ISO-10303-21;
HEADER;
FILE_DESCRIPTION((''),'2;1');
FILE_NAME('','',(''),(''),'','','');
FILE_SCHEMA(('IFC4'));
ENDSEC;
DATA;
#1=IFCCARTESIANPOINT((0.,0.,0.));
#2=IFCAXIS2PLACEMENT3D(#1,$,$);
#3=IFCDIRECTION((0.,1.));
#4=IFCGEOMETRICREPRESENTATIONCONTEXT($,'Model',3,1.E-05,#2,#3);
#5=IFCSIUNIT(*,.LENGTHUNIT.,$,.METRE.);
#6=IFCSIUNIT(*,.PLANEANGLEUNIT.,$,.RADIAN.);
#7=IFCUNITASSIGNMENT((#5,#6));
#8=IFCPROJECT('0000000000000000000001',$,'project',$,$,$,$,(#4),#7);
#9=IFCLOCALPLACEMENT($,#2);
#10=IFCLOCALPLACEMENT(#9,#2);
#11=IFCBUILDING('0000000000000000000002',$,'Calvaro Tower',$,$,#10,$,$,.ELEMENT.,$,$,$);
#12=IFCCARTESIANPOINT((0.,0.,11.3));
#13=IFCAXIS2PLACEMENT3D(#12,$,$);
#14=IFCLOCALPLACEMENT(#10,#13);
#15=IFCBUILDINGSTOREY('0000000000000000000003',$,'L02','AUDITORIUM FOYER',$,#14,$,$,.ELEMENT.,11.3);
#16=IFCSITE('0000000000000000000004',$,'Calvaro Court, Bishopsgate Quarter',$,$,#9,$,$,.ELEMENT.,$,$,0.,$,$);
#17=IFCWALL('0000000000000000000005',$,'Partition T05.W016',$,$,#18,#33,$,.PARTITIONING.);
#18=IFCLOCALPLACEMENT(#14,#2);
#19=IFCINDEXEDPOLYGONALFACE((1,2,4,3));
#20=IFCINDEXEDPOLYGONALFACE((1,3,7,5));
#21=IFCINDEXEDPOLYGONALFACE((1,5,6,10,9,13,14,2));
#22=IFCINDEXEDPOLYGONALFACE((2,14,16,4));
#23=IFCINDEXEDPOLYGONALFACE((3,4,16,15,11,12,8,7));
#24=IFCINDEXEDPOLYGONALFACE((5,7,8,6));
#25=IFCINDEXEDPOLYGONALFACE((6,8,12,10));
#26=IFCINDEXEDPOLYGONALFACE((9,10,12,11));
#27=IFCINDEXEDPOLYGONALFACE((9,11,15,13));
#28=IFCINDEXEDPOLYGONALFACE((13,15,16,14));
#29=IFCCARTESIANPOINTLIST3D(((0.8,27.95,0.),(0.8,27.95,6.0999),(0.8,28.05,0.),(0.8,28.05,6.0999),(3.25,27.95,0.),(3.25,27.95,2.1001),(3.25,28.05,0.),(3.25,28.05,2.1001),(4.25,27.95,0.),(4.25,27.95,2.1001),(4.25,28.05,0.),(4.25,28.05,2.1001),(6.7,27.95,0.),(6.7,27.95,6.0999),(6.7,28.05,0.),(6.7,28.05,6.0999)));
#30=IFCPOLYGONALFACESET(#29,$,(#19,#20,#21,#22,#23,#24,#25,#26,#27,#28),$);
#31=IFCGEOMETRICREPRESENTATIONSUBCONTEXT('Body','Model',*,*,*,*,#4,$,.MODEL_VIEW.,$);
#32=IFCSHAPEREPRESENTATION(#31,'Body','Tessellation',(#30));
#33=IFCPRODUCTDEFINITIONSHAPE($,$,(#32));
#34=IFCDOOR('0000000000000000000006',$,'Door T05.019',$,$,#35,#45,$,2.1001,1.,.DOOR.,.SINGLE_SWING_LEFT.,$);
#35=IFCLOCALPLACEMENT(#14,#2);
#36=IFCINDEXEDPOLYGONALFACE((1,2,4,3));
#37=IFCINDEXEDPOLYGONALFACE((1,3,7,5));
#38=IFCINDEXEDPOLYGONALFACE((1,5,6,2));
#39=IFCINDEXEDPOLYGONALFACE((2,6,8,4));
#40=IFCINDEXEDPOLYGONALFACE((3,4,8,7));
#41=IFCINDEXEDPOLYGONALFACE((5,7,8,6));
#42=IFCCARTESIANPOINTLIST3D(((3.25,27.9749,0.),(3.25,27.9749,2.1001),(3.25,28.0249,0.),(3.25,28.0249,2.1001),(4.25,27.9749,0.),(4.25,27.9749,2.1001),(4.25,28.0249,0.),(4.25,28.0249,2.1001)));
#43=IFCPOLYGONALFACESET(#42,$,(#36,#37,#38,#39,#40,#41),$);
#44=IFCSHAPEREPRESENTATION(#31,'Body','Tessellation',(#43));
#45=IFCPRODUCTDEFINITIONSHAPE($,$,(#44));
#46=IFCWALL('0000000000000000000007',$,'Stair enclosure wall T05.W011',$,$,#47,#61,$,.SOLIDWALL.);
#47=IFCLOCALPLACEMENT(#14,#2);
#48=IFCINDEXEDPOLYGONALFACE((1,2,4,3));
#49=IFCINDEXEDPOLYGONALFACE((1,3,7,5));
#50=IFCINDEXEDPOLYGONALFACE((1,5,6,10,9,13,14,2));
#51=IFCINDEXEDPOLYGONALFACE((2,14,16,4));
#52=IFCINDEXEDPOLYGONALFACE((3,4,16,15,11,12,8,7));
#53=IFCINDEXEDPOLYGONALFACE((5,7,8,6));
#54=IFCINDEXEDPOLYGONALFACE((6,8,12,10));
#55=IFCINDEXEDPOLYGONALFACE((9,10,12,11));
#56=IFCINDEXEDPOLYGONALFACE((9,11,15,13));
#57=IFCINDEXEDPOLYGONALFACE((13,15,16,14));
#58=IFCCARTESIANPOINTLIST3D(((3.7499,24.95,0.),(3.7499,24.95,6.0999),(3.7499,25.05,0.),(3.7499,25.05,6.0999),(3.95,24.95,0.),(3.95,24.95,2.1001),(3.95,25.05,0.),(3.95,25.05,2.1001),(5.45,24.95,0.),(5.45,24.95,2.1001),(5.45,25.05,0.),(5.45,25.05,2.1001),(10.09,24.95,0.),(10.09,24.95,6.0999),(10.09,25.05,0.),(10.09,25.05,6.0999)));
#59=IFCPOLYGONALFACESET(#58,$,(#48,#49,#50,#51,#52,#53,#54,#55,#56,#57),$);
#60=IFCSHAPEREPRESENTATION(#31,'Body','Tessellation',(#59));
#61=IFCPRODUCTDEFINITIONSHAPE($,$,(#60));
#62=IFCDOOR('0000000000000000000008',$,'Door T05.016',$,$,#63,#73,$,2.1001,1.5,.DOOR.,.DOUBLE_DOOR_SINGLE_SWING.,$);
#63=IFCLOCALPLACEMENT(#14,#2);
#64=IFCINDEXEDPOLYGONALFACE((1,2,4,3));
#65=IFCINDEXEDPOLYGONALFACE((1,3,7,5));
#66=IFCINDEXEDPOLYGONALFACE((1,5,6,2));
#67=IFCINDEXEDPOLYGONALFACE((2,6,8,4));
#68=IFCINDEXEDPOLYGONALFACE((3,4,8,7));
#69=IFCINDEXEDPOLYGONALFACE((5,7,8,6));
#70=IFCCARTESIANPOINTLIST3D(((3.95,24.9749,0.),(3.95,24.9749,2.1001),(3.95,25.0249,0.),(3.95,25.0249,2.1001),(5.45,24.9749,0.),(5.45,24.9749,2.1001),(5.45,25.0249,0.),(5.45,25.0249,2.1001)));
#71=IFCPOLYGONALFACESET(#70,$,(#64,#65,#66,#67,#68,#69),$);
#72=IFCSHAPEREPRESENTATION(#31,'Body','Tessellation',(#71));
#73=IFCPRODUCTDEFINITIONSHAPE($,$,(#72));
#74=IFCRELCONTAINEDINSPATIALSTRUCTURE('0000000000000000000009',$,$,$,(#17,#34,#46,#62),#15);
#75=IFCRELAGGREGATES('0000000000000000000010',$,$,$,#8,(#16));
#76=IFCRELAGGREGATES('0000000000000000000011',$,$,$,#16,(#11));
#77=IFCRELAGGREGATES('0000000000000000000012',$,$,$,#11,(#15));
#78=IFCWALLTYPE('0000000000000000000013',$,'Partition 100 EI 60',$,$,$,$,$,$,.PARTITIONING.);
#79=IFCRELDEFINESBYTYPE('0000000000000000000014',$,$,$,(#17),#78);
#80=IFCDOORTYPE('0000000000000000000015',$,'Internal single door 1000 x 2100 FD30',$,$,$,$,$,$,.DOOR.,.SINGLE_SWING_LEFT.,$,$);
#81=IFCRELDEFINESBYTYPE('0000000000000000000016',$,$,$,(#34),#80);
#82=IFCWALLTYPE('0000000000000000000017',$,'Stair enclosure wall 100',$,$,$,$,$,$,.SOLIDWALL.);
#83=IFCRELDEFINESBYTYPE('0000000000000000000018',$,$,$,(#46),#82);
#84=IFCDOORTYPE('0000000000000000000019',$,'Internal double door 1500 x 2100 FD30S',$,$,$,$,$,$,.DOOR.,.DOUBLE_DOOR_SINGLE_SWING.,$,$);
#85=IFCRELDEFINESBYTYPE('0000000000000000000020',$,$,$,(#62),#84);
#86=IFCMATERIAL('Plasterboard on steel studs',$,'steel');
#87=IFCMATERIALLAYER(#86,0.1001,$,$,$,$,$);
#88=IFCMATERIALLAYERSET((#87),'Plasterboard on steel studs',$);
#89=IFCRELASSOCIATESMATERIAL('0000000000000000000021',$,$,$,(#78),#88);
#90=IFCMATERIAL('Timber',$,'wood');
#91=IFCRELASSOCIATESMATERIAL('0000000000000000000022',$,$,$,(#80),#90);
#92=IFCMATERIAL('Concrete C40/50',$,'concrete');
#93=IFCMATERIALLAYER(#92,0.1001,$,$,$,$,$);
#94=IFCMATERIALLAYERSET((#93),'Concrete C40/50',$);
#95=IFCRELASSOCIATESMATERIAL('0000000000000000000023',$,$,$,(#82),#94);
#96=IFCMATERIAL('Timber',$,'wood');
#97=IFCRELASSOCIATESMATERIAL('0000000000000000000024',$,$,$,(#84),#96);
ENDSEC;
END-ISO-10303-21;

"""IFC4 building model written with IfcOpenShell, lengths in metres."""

from ifc_helpers import new_model, si_unit, direction, frame, frame_2d, origin, place, context, subcontext, project, spatial, rectangle, extrude, material, layer, layer_set, type_object, element, fill, save


model = new_model("IFC4")

# Units and contexts
model_context = context("Model", 3, precision=1e-05, world=origin(), true_north=direction((0.0, 1.0)))
body_context = subcontext(model_context, "Body", "Model", "MODEL_VIEW")
ifc_project = project(units=[si_unit("LENGTHUNIT", "METRE"), si_unit("PLANEANGLEUNIT", "RADIAN")], contexts=[model_context])

# Site, building, storey
site_placement = place(None, origin())
site = spatial("IfcSite", under=ifc_project, at=site_placement, Name="Calvaro Court, Bishopsgate Quarter", CompositionType="ELEMENT", RefElevation=0.0)
building_placement = place(site_placement, origin())
building = spatial("IfcBuilding", under=site, at=building_placement, Name="Calvaro Tower", CompositionType="ELEMENT")
storey_placement = place(building_placement, frame((0.0, 0.0, 11.3)))
storey = spatial("IfcBuildingStorey", under=building, at=storey_placement, Name="L02", Description="AUDITORIUM FOYER", CompositionType="ELEMENT", Elevation=11.3)

# Walls, openings, doors
ifc_material_1 = material(Name="Plasterboard on steel studs", Category="steel")
ifc_layer_1 = layer(ifc_material_1, 0.1001)
ifc_layer_set_1 = layer_set([ifc_layer_1], Name="Plasterboard on steel studs")
wall_type_1 = type_object("IfcWallType", Name="Partition 100 EI 60", PredefinedType="PARTITIONING", material=ifc_layer_set_1)
wall_1_placement = place(storey_placement, frame((0.8, 28.0, 0.0), z_axis=(0.0, 0.0, 1.0), x_axis=(1.0, 0.0, 0.0)))
wall_1 = element("IfcWall", 1, at=wall_1_placement, inside=storey, type_object=wall_type_1, Name="Partition T05.W016", PredefinedType="PARTITIONING", context=body_context, shape_type="SweptSolid", body=[
    extrude(rectangle(XDim=5.8999, YDim=0.1001, at=frame_2d((2.95, 0.0))), origin(), (0.0, 0.0, 1.0), 6.0999),
])
opening_1_placement = place(wall_1_placement, frame((2.45, 0.0, 0.0)))
opening_1 = element("IfcOpeningElement", 2, at=opening_1_placement, cuts=wall_1, PredefinedType="OPENING", context=body_context, shape_type="SweptSolid", body=[
    extrude(rectangle(XDim=1.0, YDim=2.1001, at=frame_2d((0.5, 1.05))), frame((0.0, 0.0601, 0.0), z_axis=(0.0, -1.0, 0.0), x_axis=(1.0, 0.0, 0.0)), (0.0, 0.0, 1.0), 0.1201),
])
ifc_material_2 = material(Name="Timber", Category="wood")
door_type_1 = type_object("IfcDoorType", Name="Internal single door 1000 x 2100 FD30", OperationType="SINGLE_SWING_LEFT", PredefinedType="DOOR", material=ifc_material_2)
door_1_placement = place(opening_1_placement, origin())
door_1 = element("IfcDoor", 3, at=door_1_placement, inside=storey, type_object=door_type_1, Name="Door T05.019", OperationType="SINGLE_SWING_LEFT", OverallHeight=2.1001, OverallWidth=1.0, PredefinedType="DOOR", context=body_context, shape_type="SweptSolid", body=[
    extrude(rectangle(XDim=1.0, YDim=2.1001, at=frame_2d((0.5, 1.05))), frame((0.0, 0.0249, 0.0), z_axis=(0.0, -1.0, 0.0), x_axis=(1.0, 0.0, 0.0)), (0.0, 0.0, 1.0), 0.05),
])
fill(opening_1, door_1)
ifc_material_3 = material(Name="Concrete C40/50", Category="concrete")
ifc_layer_2 = layer(ifc_material_3, 0.1001)
ifc_layer_set_2 = layer_set([ifc_layer_2], Name="Concrete C40/50")
wall_type_2 = type_object("IfcWallType", Name="Stair enclosure wall 100", PredefinedType="SOLIDWALL", material=ifc_layer_set_2)
wall_2_placement = place(storey_placement, frame((3.75, 25.0, 0.0), z_axis=(0.0, 0.0, 1.0), x_axis=(1.0, 0.0, 0.0)))
wall_2 = element("IfcWall", 4, at=wall_2_placement, inside=storey, type_object=wall_type_2, Name="Stair enclosure wall T05.W011", PredefinedType="SOLIDWALL", context=body_context, shape_type="SweptSolid", body=[
    extrude(rectangle(XDim=6.3401, YDim=0.1001, at=frame_2d((3.1699, 0.0))), origin(), (0.0, 0.0, 1.0), 6.0999),
])
opening_2_placement = place(wall_2_placement, frame((0.2, 0.0, 0.0)))
opening_2 = element("IfcOpeningElement", 5, at=opening_2_placement, cuts=wall_2, PredefinedType="OPENING", context=body_context, shape_type="SweptSolid", body=[
    extrude(rectangle(XDim=1.5, YDim=2.1001, at=frame_2d((0.75, 1.05))), frame((0.0, 0.0601, 0.0), z_axis=(0.0, -1.0, 0.0), x_axis=(1.0, 0.0, 0.0)), (0.0, 0.0, 1.0), 0.1201),
])
ifc_material_4 = material(Name="Timber", Category="wood")
door_type_2 = type_object("IfcDoorType", Name="Internal double door 1500 x 2100 FD30S", OperationType="DOUBLE_DOOR_SINGLE_SWING", PredefinedType="DOOR", material=ifc_material_4)
door_2_placement = place(opening_2_placement, origin())
door_2 = element("IfcDoor", 6, at=door_2_placement, inside=storey, type_object=door_type_2, Name="Door T05.016", OperationType="DOUBLE_DOOR_SINGLE_SWING", OverallHeight=2.1001, OverallWidth=1.5, PredefinedType="DOOR", context=body_context, shape_type="SweptSolid", body=[
    extrude(rectangle(XDim=1.5, YDim=2.1001, at=frame_2d((0.75, 1.05))), frame((0.0, 0.0249, 0.0), z_axis=(0.0, -1.0, 0.0), x_axis=(1.0, 0.0, 0.0)), (0.0, 0.0, 1.0), 0.05),
])
fill(opening_2, door_2)

save(model, "model.ifc")
